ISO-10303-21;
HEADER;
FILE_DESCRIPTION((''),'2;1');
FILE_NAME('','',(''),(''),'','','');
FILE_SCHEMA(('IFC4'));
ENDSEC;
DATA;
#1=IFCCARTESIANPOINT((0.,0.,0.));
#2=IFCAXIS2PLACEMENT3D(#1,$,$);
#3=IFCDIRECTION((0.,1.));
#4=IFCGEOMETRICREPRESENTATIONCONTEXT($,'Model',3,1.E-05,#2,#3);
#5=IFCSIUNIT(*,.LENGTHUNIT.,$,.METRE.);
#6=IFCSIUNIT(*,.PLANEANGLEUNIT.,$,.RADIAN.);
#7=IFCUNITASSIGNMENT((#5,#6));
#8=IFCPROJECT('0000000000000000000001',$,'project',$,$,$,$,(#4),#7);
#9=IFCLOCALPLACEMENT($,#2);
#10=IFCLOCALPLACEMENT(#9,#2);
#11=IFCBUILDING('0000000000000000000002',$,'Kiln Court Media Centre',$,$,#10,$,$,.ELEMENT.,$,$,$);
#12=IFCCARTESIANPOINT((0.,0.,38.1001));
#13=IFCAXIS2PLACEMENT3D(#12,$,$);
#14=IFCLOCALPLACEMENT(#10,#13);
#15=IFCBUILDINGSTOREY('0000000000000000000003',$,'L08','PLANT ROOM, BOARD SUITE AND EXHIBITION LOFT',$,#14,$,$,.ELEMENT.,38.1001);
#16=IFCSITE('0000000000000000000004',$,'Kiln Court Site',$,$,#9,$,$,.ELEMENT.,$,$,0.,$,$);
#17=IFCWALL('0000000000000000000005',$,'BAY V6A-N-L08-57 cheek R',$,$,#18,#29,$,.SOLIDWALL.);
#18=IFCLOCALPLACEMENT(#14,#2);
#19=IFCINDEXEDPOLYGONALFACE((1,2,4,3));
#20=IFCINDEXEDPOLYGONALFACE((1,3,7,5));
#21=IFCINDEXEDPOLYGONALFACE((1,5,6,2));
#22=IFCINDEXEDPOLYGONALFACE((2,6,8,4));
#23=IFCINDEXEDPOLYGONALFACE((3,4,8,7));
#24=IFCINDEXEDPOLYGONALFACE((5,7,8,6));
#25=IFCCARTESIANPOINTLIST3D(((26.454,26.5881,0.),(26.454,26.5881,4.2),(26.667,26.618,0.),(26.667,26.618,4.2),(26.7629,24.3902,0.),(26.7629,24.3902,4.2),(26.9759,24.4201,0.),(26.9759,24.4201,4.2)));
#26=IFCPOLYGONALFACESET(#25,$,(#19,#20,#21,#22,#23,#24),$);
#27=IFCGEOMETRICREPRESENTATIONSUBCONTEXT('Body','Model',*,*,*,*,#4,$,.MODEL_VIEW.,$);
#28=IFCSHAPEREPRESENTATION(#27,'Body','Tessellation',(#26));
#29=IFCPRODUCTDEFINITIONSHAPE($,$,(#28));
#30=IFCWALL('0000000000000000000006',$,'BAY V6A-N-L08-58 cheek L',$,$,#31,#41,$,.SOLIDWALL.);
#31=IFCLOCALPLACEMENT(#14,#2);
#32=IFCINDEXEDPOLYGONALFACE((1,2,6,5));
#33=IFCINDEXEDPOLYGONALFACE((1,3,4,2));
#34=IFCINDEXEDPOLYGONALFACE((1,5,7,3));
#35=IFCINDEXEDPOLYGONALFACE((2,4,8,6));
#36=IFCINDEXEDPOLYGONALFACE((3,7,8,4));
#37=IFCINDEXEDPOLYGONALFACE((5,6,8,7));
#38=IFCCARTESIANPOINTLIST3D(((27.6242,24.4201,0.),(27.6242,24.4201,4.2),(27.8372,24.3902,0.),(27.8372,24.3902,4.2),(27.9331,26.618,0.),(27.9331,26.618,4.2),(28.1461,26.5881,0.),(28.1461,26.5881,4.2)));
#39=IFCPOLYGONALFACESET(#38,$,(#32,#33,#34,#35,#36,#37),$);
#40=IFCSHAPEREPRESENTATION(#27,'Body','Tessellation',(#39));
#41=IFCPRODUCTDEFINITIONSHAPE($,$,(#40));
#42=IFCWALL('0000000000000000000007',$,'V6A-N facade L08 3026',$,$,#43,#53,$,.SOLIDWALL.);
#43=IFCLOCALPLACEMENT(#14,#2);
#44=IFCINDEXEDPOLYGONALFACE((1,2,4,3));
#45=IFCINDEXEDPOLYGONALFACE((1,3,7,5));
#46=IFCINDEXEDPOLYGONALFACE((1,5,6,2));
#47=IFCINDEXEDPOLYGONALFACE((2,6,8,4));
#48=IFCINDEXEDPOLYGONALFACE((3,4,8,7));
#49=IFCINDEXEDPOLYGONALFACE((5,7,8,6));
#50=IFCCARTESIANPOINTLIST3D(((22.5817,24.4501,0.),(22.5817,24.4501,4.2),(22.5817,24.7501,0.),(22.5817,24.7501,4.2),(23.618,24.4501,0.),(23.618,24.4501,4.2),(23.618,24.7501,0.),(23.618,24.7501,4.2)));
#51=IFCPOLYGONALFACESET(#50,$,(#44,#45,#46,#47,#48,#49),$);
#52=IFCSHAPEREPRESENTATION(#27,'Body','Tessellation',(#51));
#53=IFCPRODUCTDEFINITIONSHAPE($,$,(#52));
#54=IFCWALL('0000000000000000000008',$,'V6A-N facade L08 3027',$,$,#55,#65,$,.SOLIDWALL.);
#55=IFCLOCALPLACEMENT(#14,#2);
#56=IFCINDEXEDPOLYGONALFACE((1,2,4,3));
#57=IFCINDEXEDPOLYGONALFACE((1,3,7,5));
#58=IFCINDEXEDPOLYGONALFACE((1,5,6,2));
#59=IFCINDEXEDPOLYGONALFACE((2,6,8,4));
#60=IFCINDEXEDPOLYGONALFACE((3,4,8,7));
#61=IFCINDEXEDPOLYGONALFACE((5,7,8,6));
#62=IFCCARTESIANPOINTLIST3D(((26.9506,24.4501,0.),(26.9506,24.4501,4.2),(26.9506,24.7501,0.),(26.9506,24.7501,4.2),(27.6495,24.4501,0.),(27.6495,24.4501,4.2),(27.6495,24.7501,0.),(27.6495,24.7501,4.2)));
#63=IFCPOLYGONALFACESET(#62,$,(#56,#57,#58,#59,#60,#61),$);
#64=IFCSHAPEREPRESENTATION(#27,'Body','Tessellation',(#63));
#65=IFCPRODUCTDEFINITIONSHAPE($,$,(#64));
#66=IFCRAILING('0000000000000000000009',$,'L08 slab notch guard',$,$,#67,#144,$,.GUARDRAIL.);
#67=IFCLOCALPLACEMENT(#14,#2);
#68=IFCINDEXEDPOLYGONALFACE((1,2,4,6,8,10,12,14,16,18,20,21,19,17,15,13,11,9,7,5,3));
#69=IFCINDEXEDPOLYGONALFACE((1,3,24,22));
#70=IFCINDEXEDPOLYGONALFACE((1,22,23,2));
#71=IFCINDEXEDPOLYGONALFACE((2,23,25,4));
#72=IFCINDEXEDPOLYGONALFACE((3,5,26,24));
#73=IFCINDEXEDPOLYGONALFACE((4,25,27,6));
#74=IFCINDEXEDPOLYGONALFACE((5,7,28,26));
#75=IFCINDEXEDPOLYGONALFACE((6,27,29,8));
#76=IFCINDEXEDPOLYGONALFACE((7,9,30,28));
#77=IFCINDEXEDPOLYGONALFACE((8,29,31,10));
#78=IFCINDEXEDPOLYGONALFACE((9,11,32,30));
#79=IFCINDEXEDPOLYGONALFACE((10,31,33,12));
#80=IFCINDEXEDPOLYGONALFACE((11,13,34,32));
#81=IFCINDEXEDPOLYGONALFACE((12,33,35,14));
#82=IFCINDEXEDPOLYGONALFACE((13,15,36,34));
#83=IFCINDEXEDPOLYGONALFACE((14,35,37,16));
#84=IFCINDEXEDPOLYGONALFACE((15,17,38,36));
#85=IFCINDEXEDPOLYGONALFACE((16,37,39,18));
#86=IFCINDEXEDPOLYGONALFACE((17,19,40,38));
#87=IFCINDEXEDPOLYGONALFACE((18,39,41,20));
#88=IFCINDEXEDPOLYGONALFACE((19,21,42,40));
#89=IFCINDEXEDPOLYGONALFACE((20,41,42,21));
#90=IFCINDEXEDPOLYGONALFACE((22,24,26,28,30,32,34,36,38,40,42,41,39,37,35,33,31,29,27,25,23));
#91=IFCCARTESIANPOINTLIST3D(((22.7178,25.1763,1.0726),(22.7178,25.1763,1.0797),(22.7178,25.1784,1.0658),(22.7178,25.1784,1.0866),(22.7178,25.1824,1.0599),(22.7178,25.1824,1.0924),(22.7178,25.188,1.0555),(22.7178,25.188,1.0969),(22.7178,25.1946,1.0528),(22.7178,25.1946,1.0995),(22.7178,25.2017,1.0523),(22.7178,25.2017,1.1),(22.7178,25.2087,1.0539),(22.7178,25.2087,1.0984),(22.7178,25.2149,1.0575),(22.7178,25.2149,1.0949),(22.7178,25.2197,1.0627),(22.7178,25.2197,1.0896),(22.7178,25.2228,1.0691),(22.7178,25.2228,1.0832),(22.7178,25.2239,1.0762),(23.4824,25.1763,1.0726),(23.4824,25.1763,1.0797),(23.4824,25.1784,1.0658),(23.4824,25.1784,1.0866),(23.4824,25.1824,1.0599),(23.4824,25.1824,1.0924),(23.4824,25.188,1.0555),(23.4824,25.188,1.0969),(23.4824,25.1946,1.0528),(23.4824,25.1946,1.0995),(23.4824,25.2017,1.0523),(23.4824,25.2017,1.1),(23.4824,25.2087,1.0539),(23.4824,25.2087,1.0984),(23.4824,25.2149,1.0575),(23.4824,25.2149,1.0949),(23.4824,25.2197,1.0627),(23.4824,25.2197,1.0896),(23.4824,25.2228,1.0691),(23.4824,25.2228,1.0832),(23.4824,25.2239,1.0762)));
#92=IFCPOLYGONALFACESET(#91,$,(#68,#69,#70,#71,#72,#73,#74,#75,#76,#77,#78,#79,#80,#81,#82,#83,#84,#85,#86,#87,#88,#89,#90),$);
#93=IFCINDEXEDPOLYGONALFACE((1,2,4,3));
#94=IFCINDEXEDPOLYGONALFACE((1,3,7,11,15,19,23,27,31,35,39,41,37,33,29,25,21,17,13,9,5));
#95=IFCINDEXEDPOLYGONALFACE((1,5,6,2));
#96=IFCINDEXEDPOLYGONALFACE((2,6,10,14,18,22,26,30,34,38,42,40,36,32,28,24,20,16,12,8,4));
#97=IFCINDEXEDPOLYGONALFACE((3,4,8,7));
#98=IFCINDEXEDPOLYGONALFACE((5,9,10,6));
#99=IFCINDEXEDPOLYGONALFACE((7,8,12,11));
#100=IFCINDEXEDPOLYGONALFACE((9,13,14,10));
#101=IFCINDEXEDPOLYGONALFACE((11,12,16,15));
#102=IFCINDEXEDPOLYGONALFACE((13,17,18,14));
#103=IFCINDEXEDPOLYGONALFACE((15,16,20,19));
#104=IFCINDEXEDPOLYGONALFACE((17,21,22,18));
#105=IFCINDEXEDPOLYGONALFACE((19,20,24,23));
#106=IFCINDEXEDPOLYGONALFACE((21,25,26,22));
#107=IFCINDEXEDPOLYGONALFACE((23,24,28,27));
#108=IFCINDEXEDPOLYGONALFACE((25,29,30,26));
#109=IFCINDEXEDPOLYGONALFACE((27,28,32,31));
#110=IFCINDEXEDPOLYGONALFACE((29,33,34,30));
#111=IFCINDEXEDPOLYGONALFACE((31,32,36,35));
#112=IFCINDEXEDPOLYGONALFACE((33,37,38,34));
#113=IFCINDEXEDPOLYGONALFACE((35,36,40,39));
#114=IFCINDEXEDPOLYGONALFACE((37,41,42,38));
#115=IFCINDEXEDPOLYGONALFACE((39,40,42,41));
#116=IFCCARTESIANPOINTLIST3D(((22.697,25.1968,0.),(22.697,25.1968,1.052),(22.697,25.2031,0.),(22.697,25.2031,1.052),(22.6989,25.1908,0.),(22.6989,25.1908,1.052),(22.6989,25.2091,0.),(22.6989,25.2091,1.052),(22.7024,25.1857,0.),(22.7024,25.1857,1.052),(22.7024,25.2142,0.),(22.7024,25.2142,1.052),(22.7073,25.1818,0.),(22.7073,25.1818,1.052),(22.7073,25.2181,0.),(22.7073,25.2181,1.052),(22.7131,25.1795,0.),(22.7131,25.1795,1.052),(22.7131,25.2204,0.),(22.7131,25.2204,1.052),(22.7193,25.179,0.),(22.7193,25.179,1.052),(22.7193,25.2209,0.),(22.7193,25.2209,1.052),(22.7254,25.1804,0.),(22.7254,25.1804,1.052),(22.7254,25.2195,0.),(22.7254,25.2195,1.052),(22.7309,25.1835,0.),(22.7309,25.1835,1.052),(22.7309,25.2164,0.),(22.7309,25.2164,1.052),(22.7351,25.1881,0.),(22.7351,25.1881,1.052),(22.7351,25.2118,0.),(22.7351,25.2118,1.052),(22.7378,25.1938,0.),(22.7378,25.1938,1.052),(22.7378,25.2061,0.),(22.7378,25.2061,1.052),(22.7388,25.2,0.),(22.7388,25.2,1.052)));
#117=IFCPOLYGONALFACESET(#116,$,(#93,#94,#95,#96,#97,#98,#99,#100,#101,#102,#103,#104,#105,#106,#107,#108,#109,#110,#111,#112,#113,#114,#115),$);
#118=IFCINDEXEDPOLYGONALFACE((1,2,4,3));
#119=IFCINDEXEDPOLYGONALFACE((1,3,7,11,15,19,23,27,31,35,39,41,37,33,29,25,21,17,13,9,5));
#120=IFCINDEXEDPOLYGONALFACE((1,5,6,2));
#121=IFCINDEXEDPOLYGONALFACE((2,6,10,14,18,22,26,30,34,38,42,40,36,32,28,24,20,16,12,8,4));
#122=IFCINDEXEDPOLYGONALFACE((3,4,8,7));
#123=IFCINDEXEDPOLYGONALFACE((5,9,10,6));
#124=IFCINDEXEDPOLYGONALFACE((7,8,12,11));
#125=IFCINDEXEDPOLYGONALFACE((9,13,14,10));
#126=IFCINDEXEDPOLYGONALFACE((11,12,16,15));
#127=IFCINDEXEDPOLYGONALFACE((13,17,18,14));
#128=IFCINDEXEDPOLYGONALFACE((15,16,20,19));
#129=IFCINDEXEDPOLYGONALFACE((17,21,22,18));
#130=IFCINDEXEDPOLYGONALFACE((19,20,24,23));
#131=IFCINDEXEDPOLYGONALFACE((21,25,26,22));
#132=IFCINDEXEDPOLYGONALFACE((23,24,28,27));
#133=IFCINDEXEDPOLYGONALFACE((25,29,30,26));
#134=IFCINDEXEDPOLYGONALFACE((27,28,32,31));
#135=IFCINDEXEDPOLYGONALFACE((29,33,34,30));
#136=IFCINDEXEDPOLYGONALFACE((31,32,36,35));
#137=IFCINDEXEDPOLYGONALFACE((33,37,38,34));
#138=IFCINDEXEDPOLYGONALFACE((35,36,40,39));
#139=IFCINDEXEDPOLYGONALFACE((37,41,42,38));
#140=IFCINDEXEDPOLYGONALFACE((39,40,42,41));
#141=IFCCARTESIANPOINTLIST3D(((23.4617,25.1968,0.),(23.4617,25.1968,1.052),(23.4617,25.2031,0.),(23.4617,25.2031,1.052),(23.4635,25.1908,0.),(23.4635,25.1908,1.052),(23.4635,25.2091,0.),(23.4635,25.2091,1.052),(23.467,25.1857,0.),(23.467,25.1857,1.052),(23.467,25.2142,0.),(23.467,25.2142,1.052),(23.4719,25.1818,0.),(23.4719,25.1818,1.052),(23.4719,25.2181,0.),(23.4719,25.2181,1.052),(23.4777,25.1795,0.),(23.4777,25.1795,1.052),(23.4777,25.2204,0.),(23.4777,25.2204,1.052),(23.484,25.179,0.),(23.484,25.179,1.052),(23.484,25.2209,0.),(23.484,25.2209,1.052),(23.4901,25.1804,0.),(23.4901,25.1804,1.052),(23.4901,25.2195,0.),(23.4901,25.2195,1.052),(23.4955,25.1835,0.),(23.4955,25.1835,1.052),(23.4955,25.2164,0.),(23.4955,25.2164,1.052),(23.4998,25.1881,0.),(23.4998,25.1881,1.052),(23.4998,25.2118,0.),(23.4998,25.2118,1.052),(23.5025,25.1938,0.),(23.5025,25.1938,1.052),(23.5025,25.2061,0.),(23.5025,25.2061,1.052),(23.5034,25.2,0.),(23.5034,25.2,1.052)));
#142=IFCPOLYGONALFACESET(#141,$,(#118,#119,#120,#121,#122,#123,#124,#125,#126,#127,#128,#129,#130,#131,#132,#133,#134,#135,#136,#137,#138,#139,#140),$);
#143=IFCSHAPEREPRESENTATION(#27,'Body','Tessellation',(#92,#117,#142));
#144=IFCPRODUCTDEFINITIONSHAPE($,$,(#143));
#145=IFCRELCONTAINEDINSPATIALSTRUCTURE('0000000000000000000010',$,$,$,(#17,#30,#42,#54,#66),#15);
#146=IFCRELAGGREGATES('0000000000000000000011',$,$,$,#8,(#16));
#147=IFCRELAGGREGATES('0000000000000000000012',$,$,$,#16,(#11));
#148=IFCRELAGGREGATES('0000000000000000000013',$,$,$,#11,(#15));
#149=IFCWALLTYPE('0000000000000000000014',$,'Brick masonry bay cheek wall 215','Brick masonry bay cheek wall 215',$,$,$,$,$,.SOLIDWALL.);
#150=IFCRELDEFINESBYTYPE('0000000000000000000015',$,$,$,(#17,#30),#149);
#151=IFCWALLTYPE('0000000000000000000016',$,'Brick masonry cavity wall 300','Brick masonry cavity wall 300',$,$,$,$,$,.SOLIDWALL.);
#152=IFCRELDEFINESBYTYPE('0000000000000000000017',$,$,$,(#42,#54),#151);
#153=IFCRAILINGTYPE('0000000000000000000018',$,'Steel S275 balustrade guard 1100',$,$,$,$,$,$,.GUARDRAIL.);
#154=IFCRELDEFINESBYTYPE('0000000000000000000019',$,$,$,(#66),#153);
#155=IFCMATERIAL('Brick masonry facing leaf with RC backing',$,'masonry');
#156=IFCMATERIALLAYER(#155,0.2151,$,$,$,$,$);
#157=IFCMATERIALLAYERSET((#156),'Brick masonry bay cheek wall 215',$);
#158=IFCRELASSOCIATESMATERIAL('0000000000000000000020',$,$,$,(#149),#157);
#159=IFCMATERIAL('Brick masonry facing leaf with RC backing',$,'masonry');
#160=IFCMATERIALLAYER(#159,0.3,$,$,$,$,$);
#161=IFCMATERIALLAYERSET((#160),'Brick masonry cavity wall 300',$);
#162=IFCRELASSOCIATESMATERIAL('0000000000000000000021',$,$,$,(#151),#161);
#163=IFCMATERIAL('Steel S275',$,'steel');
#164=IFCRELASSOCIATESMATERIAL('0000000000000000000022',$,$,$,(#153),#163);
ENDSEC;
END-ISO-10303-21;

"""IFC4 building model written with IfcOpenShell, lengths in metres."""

from ifc_helpers import new_model, si_unit, direction, frame, frame_2d, origin, origin_2d, place, context, subcontext, project, spatial, rectangle, circle, extrude, material, layer, layer_set, type_object, element, save


model = new_model("IFC4")

# Units and contexts
model_context = context("Model", 3, precision=1e-05, world=origin(), true_north=direction((0.0, 1.0)))
body_context = subcontext(model_context, "Body", "Model", "MODEL_VIEW")
ifc_project = project(units=[si_unit("LENGTHUNIT", "METRE"), si_unit("PLANEANGLEUNIT", "RADIAN")], contexts=[model_context])

# Site, building, storey
site_placement = place(None, origin())
site = spatial("IfcSite", under=ifc_project, at=site_placement, Name="Kiln Court Site", CompositionType="ELEMENT", RefElevation=0.0)
building_placement = place(site_placement, origin())
building = spatial("IfcBuilding", under=site, at=building_placement, Name="Kiln Court Media Centre", CompositionType="ELEMENT")
storey_placement = place(building_placement, frame((0.0, 0.0, 38.1001)))
storey = spatial("IfcBuildingStorey", under=building, at=storey_placement, Name="L08", Description="PLANT ROOM, BOARD SUITE AND EXHIBITION LOFT", CompositionType="ELEMENT", Elevation=38.1001)

# Walls
ifc_material_1 = material(Name="Brick masonry facing leaf with RC backing", Category="masonry")
ifc_layer_1 = layer(ifc_material_1, 0.2151)
ifc_layer_set_1 = layer_set([ifc_layer_1], Name="Brick masonry bay cheek wall 215")
wall_type_1 = type_object("IfcWallType", Name="Brick masonry bay cheek wall 215", Description="Brick masonry bay cheek wall 215", PredefinedType="SOLIDWALL", material=ifc_layer_set_1)
for number, where, z_axis, x_axis, name in (
    (1, (26.8694, 24.405, 0.0), (0.0, 0.0, 1.0), (-0.139142, 0.990272, 0.0), "BAY V6A-N-L08-57 cheek R"),
    (2, (27.7307, 24.405, 0.0), (0.0, 0.0, 1.0), (0.139142, 0.990272, 0.0), "BAY V6A-N-L08-58 cheek L"),
):
    element("IfcWall", number, at=place(storey_placement, frame(where, z_axis=z_axis, x_axis=x_axis)), inside=storey, type_object=wall_type_1, Name=name, PredefinedType="SOLIDWALL", context=body_context, shape_type="SweptSolid", body=[
        extrude(rectangle(XDim=2.2195, YDim=0.2151, at=frame_2d((1.1099, 0.0))), origin(), (0.0, 0.0, 1.0), 4.2),
    ])
ifc_material_2 = material(Name="Brick masonry facing leaf with RC backing", Category="masonry")
ifc_layer_2 = layer(ifc_material_2, 0.3)
ifc_layer_set_2 = layer_set([ifc_layer_2], Name="Brick masonry cavity wall 300")
wall_type_2 = type_object("IfcWallType", Name="Brick masonry cavity wall 300", Description="Brick masonry cavity wall 300", PredefinedType="SOLIDWALL", material=ifc_layer_set_2)
wall_1_placement = place(storey_placement, frame((22.5818, 24.6001, 0.0), z_axis=(0.0, 0.0, 1.0), x_axis=(1.0, 0.0, 0.0)))
element("IfcWall", 3, at=wall_1_placement, inside=storey, type_object=wall_type_2, Name="V6A-N facade L08 3026", PredefinedType="SOLIDWALL", context=body_context, shape_type="SweptSolid", body=[
    extrude(rectangle(XDim=1.0364, YDim=0.3, at=frame_2d((0.5181, 0.0))), origin(), (0.0, 0.0, 1.0), 4.2),
])
wall_2_placement = place(storey_placement, frame((26.9504, 24.6001, 0.0), z_axis=(0.0, 0.0, 1.0), x_axis=(1.0, 0.0, 0.0)))
element("IfcWall", 4, at=wall_2_placement, inside=storey, type_object=wall_type_2, Name="V6A-N facade L08 3027", PredefinedType="SOLIDWALL", context=body_context, shape_type="SweptSolid", body=[
    extrude(rectangle(XDim=0.699, YDim=0.3, at=frame_2d((0.3496, 0.0))), origin(), (0.0, 0.0, 1.0), 4.2),
])

# Railing
ifc_material_3 = material(Name="Steel S275", Category="steel")
railing_type = type_object("IfcRailingType", Name="Steel S275 balustrade guard 1100", PredefinedType="GUARDRAIL", material=ifc_material_3)
for number, where, name in (
    (5, (22.7178, 25.2, 0.0), "L08 slab notch guard"),
):
    element("IfcRailing", number, at=place(storey_placement, frame(where)), inside=storey, type_object=railing_type, Name=name, PredefinedType="GUARDRAIL", context=body_context, shape_type="SweptSolid", body=[
        extrude(circle(Radius=0.0239, at=origin_2d()), frame((0.0, 0.0, 1.0762), z_axis=(1.0, 0.0, 0.0), x_axis=(0.0, 1.0, 0.0)), (0.0, 0.0, 1.0), 0.7646),
        extrude(circle(Radius=0.021, at=origin_2d()), origin(), (0.0, 0.0, 1.0), 1.052),
        extrude(circle(Radius=0.021, at=origin_2d()), frame((0.7646, 0.0, 0.0)), (0.0, 0.0, 1.0), 1.052),
    ])

save(model, "model.ifc")
